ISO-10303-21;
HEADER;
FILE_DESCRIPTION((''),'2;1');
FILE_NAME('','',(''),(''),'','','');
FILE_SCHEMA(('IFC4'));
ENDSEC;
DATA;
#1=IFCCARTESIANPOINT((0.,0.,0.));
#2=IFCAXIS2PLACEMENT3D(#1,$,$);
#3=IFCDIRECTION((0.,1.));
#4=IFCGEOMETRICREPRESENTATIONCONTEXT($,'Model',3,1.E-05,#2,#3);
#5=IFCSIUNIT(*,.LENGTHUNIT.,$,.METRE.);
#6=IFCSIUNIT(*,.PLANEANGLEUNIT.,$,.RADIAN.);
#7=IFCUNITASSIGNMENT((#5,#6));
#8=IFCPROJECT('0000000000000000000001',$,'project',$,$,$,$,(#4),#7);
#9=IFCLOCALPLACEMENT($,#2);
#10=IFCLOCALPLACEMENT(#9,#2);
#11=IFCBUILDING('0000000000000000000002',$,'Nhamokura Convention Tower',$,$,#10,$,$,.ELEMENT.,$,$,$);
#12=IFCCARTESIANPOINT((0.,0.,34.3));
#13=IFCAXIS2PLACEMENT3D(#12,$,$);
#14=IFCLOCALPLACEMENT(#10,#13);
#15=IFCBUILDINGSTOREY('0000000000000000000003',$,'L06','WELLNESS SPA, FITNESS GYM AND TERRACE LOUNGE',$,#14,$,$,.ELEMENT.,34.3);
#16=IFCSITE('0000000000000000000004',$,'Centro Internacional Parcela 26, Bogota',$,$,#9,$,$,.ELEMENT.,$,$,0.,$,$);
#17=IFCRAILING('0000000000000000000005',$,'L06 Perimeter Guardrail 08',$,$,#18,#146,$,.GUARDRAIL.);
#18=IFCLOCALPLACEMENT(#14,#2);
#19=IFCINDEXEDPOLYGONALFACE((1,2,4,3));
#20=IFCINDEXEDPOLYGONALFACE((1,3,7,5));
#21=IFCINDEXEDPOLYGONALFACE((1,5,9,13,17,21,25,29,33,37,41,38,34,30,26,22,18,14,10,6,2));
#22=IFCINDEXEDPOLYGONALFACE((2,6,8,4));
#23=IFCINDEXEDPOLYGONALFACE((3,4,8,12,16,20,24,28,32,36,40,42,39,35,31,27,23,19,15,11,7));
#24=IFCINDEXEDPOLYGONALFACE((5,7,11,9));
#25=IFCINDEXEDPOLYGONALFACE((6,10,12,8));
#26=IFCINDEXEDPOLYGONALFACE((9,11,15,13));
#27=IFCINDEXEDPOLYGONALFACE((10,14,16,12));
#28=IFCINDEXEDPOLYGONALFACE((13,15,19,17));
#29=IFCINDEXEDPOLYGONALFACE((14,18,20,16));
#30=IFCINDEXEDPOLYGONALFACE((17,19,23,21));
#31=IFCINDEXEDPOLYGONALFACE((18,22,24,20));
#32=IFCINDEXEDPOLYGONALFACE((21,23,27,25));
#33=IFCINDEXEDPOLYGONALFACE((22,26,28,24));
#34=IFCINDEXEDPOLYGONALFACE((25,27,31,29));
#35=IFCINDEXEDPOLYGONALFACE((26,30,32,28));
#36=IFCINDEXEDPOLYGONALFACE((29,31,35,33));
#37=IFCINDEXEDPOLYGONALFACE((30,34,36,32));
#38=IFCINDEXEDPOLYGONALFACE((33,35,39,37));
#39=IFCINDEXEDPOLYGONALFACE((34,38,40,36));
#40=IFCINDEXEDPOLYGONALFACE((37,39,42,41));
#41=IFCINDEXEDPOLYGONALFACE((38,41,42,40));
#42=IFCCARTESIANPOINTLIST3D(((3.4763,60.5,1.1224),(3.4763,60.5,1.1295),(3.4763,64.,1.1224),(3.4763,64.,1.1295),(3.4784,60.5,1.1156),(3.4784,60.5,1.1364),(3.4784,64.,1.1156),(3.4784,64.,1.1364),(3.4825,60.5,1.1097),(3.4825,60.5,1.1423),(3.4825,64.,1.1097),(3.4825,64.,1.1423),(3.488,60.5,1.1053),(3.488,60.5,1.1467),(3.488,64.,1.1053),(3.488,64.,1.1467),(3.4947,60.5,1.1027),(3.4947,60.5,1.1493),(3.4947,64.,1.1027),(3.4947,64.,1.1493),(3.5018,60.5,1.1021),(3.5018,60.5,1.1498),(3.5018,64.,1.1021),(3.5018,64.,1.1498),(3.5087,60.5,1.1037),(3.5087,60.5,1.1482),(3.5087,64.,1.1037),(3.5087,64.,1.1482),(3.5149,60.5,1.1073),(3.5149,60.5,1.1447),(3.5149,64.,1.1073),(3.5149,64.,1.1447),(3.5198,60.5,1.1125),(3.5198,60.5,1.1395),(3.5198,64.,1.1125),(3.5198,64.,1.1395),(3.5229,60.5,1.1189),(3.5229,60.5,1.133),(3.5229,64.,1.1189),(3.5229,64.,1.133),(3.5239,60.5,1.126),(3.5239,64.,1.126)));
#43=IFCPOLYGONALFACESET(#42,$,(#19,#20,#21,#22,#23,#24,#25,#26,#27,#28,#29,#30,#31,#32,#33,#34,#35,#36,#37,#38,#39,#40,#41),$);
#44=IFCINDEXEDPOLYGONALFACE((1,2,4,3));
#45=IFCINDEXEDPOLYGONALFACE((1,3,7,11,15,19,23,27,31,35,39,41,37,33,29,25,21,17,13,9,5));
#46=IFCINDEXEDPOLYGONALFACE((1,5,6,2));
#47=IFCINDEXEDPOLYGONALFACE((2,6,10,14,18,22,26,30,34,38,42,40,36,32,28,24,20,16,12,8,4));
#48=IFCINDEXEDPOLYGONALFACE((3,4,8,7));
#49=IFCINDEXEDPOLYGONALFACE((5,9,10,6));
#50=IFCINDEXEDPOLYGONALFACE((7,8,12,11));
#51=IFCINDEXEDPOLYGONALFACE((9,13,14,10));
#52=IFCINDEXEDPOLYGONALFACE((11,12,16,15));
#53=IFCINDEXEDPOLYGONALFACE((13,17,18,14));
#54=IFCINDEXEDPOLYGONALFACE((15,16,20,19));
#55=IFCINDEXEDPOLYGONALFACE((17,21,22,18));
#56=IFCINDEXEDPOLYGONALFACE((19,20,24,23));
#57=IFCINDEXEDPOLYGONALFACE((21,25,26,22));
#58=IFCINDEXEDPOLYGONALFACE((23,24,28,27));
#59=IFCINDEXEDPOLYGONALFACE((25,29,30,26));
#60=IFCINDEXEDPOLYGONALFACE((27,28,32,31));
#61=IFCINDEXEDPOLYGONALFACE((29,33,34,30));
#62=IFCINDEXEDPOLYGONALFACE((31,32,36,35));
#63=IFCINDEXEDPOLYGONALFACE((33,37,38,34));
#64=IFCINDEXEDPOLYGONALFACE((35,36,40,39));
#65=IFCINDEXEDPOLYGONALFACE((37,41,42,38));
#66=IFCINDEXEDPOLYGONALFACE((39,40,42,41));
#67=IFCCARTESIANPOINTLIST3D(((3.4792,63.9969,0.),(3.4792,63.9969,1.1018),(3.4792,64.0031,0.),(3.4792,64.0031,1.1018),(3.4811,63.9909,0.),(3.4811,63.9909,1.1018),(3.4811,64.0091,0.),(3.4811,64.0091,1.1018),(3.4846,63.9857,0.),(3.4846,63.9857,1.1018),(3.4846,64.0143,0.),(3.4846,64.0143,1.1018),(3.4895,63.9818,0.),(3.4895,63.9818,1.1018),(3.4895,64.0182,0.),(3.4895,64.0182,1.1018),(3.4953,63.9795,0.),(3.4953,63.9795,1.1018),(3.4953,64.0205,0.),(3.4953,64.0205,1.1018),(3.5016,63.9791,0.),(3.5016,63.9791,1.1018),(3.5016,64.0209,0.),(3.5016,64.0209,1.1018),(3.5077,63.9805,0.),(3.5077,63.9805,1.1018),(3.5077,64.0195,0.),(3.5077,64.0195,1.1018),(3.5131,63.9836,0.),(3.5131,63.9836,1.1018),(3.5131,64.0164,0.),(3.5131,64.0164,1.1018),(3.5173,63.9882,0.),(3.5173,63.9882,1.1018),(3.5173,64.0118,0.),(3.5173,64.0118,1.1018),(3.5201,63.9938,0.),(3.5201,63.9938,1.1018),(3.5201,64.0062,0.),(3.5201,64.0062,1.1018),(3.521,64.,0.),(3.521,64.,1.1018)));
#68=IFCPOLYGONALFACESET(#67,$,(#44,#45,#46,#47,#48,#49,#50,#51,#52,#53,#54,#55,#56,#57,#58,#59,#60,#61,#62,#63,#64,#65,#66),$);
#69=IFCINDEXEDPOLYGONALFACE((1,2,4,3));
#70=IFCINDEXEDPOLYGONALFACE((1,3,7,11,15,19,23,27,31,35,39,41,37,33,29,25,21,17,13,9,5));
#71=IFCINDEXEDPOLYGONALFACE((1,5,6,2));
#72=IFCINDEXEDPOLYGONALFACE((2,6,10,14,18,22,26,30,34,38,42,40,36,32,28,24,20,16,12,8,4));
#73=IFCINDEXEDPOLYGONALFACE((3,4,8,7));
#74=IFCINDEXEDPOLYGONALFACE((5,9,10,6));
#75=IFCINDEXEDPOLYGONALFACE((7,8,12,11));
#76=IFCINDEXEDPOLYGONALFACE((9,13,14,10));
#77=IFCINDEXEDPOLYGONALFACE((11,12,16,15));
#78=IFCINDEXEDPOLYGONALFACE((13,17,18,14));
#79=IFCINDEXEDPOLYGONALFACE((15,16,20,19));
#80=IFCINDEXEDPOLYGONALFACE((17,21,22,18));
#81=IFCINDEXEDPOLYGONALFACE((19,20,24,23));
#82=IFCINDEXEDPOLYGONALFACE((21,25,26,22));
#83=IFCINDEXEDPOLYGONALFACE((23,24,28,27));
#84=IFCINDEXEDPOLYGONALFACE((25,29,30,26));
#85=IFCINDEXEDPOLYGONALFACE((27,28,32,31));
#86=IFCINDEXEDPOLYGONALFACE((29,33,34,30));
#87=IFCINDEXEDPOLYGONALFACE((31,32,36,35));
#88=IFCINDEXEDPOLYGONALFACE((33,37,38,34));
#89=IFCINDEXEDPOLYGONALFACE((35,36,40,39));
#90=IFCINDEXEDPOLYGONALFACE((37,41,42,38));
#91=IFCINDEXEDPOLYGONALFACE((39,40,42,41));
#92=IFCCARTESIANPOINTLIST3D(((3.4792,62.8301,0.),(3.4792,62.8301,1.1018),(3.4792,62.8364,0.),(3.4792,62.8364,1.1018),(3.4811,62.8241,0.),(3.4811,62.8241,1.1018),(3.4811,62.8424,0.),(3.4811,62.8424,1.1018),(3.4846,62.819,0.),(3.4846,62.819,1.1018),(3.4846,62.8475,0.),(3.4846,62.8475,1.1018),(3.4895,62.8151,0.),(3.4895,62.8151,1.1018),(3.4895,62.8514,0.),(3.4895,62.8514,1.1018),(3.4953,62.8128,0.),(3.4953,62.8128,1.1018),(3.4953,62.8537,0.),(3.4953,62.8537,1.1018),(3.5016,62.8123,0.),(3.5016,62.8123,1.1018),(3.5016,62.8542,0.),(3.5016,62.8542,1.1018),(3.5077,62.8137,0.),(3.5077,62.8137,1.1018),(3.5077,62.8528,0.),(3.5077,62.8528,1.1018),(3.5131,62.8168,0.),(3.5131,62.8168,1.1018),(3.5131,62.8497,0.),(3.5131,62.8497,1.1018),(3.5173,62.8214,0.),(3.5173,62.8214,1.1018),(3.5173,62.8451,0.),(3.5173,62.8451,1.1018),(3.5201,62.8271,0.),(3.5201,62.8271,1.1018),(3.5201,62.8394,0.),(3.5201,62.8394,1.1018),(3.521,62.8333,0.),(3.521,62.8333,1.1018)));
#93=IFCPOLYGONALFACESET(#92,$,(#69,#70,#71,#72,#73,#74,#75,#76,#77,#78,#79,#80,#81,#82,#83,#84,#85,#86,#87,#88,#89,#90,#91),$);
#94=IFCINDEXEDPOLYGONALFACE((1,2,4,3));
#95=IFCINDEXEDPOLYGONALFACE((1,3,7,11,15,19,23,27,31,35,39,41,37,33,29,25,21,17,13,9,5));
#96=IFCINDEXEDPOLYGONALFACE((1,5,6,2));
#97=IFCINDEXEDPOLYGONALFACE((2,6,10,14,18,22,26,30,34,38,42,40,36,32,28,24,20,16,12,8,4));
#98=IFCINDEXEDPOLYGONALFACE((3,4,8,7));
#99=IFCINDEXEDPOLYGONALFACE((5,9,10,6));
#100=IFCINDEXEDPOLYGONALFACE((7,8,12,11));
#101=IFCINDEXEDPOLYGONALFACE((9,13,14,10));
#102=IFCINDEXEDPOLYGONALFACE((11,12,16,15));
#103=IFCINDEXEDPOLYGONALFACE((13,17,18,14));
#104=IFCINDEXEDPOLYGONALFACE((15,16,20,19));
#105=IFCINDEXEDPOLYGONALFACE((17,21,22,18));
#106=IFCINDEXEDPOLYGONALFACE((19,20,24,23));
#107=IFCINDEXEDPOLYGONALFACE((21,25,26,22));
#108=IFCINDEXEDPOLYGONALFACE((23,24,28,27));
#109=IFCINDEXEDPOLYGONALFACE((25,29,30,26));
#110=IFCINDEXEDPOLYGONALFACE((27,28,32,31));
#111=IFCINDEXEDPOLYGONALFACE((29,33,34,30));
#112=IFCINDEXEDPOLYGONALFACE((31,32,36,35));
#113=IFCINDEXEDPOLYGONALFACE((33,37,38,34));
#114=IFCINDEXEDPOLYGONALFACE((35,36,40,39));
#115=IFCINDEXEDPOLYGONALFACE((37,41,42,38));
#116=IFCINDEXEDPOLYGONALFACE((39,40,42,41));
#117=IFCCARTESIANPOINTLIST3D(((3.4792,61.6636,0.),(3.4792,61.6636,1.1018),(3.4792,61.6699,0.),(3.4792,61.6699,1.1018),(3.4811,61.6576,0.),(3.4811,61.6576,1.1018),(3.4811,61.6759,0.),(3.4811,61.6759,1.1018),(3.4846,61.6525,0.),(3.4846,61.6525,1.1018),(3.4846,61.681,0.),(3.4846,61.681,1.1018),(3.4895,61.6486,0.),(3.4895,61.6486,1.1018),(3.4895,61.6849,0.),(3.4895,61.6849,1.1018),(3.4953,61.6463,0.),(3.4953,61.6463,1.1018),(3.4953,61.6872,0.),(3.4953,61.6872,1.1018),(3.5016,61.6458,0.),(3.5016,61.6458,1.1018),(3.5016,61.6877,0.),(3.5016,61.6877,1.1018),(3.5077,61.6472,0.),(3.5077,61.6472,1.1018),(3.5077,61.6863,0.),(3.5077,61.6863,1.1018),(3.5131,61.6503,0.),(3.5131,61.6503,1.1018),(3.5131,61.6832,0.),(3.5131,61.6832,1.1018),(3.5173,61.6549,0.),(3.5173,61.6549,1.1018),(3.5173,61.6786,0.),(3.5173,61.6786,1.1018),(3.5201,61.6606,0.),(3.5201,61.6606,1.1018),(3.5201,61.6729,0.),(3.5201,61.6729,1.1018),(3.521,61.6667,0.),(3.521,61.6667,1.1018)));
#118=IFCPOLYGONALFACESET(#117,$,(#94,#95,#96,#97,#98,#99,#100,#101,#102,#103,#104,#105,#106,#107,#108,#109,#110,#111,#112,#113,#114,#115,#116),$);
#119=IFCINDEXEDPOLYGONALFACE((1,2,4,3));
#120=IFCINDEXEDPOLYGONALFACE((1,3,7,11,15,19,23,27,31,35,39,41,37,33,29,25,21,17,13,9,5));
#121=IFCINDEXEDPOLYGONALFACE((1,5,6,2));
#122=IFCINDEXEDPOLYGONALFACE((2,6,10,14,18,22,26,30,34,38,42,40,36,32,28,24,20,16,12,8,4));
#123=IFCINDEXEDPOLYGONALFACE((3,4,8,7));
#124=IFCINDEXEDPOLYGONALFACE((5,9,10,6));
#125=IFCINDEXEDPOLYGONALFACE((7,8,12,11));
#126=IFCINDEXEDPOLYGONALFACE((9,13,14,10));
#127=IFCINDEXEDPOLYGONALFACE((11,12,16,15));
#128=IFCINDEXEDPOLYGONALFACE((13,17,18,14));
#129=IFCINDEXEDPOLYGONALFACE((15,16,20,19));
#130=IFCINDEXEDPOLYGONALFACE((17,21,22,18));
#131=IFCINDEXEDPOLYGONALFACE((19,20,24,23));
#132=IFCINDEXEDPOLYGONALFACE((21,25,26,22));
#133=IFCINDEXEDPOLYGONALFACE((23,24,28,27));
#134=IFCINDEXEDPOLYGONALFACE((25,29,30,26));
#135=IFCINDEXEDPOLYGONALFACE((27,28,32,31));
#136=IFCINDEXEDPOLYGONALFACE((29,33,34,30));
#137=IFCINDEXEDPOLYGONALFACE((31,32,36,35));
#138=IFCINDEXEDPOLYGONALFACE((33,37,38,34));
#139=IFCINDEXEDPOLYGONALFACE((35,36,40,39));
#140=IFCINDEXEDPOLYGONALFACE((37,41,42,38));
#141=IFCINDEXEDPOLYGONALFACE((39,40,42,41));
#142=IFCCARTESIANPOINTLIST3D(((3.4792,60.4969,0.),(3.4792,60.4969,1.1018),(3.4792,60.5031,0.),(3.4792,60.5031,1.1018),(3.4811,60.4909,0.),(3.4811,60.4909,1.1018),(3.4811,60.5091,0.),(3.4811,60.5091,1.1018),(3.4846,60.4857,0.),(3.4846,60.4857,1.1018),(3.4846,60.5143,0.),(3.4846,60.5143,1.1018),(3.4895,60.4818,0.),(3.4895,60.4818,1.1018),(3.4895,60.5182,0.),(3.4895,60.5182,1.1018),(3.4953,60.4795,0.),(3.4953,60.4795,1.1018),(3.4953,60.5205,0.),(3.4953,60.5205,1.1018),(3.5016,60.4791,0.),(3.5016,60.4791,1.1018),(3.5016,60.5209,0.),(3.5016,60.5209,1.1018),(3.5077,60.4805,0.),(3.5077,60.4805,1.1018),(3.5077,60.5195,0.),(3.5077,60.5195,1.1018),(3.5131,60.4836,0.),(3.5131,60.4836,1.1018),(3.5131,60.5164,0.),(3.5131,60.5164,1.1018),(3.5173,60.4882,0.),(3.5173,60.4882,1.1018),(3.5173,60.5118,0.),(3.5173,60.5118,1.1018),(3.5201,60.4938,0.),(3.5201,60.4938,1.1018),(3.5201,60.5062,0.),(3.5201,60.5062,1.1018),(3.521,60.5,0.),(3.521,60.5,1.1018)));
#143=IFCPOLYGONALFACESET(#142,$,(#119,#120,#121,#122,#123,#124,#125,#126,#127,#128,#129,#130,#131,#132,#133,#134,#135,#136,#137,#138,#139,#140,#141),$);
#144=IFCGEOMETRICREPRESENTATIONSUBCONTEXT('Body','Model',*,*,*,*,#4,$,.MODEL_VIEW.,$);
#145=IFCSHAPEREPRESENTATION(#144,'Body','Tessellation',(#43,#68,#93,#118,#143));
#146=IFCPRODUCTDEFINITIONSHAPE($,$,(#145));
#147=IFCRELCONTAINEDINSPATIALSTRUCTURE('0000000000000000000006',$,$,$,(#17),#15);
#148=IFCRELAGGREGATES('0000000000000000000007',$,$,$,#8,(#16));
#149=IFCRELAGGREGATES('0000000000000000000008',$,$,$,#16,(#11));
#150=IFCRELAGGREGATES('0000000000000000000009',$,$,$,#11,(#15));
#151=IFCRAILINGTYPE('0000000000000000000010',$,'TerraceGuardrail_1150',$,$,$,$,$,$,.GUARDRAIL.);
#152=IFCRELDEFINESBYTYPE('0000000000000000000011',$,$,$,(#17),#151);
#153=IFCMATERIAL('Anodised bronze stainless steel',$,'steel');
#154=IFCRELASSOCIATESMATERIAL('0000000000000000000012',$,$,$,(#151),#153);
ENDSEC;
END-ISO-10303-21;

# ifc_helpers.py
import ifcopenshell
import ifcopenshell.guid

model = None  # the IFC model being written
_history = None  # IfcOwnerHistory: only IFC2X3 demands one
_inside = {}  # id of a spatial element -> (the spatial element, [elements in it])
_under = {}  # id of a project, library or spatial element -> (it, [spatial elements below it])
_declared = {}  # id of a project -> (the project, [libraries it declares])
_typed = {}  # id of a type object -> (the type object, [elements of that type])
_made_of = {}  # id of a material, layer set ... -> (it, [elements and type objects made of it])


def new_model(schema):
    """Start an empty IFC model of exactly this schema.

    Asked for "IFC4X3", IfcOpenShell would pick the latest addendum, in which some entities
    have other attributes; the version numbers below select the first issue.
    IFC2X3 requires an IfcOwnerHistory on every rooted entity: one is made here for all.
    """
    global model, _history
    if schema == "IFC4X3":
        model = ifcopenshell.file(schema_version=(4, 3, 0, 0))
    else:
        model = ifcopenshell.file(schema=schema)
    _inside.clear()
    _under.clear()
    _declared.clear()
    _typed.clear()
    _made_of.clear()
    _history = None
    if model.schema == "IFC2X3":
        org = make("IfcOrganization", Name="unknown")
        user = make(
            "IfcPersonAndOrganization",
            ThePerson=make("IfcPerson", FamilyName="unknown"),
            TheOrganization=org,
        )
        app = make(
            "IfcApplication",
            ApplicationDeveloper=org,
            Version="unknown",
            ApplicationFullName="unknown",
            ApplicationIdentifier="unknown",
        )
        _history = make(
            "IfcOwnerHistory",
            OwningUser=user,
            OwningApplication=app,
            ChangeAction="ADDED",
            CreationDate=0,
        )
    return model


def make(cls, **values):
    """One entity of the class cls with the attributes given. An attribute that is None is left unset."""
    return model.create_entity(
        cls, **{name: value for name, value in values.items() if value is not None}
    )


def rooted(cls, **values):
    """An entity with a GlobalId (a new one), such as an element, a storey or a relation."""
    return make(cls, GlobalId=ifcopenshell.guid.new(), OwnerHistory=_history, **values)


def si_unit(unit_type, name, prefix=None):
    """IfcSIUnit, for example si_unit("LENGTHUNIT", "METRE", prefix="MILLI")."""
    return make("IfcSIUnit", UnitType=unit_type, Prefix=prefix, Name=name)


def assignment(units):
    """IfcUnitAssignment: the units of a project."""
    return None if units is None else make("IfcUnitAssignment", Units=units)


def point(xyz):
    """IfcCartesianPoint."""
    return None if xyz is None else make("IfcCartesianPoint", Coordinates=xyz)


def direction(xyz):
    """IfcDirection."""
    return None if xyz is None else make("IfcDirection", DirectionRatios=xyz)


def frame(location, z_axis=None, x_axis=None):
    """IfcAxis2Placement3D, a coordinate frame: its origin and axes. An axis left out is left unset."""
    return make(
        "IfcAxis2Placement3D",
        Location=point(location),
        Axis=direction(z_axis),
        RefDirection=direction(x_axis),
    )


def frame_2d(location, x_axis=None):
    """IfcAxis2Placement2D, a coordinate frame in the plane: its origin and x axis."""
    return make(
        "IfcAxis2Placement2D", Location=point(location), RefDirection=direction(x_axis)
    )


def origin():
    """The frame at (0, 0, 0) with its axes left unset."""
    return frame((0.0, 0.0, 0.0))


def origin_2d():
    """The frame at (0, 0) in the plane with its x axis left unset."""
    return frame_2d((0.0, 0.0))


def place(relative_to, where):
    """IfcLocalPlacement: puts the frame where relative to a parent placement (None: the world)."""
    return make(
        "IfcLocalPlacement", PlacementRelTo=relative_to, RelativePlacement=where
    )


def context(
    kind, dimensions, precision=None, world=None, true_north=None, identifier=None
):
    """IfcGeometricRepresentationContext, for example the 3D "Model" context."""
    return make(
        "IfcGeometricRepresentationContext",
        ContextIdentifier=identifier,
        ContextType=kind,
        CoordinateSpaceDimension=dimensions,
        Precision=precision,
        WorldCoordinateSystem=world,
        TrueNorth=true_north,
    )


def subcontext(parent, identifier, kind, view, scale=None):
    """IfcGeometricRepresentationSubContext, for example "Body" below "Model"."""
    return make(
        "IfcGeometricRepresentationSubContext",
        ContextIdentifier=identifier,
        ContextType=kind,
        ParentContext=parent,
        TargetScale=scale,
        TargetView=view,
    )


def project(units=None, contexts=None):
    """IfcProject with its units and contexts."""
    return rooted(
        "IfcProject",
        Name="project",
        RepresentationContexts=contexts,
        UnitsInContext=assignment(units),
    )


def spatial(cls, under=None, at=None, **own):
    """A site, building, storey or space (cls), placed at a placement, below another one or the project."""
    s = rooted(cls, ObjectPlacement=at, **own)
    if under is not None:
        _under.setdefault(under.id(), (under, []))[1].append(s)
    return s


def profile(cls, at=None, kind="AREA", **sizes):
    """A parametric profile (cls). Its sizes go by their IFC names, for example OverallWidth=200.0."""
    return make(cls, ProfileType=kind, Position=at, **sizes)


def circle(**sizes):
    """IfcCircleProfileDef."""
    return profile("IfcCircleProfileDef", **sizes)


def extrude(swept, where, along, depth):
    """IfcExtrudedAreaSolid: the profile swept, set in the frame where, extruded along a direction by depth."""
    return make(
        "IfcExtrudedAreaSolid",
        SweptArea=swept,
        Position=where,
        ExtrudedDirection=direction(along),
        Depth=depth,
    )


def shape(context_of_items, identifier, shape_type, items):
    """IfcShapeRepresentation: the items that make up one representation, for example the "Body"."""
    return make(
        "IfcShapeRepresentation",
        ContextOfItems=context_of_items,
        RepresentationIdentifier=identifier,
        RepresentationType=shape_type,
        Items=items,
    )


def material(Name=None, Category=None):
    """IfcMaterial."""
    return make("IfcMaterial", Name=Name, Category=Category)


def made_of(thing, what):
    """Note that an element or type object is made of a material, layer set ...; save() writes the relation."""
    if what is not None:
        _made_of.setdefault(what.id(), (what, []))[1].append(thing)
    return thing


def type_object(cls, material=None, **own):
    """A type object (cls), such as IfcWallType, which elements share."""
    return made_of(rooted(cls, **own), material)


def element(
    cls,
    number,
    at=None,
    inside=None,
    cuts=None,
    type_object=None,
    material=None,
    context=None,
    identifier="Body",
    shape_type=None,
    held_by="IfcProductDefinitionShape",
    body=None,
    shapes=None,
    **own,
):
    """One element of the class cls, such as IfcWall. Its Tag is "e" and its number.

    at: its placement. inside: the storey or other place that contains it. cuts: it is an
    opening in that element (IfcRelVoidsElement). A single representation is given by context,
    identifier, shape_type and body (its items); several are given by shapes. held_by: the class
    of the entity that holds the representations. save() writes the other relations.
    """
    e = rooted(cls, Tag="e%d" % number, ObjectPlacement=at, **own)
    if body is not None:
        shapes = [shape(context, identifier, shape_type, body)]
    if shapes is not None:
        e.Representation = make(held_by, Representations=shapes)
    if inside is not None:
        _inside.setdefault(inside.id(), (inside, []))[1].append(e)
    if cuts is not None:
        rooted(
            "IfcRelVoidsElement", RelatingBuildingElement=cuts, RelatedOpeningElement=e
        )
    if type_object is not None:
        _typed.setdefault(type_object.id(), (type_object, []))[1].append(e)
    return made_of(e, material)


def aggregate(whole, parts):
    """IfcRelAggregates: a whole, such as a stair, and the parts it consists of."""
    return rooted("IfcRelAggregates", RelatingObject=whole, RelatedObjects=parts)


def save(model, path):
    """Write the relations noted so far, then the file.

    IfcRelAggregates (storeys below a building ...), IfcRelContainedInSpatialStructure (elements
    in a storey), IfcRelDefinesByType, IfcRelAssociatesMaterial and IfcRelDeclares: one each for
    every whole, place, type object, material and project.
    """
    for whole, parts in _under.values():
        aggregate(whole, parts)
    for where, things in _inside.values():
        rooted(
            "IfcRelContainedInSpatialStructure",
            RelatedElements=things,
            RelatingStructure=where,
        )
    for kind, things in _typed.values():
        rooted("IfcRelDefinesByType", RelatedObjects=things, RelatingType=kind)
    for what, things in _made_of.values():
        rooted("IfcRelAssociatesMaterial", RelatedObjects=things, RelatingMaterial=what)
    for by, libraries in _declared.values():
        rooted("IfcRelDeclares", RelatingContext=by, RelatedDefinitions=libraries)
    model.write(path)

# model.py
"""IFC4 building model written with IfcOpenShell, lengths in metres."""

from ifc_helpers import new_model, si_unit, direction, frame, origin, origin_2d, place, context, subcontext, project, spatial, circle, extrude, material, type_object, element, save


model = new_model("IFC4")

# Units and contexts
model_context = context("Model", 3, precision=1e-05, world=origin(), true_north=direction((0.0, 1.0)))
body_context = subcontext(model_context, "Body", "Model", "MODEL_VIEW")
ifc_project = project(units=[si_unit("LENGTHUNIT", "METRE"), si_unit("PLANEANGLEUNIT", "RADIAN")], contexts=[model_context])

# Site, building, storey
site_placement = place(None, origin())
site = spatial("IfcSite", under=ifc_project, at=site_placement, Name="Centro Internacional Parcela 26, Bogota", CompositionType="ELEMENT", RefElevation=0.0)
building_placement = place(site_placement, origin())
building = spatial("IfcBuilding", under=site, at=building_placement, Name="Nhamokura Convention Tower", CompositionType="ELEMENT")
storey_placement = place(building_placement, frame((0.0, 0.0, 34.3)))
storey = spatial("IfcBuildingStorey", under=building, at=storey_placement, Name="L06", Description="WELLNESS SPA, FITNESS GYM AND TERRACE LOUNGE", CompositionType="ELEMENT", Elevation=34.3)

# Railing
ifc_material_1 = material(Name="Anodised bronze stainless steel", Category="steel")
railing_type = type_object("IfcRailingType", Name="TerraceGuardrail_1150", PredefinedType="GUARDRAIL", material=ifc_material_1)
railing_1_placement = place(storey_placement, frame((3.5, 64.0, 0.0)))
element("IfcRailing", 1, at=railing_1_placement, inside=storey, type_object=railing_type, Name="L06 Perimeter Guardrail 08", PredefinedType="GUARDRAIL", context=body_context, shape_type="SweptSolid", body=[
    extrude(circle(Radius=0.0239, at=origin_2d()), frame((0.0, 0.0, 1.126), z_axis=(0.0, -1.0, 0.0), x_axis=(1.0, 0.0, 0.0)), (0.0, 0.0, 1.0), 3.5),
    extrude(circle(Radius=0.021, at=origin_2d()), origin(), (0.0, 0.0, 1.0), 1.1018),
    extrude(circle(Radius=0.021, at=origin_2d()), frame((0.0, -1.1667, 0.0)), (0.0, 0.0, 1.0), 1.1018),
    extrude(circle(Radius=0.021, at=origin_2d()), frame((0.0, -2.3333, 0.0)), (0.0, 0.0, 1.0), 1.1018),
    extrude(circle(Radius=0.021, at=origin_2d()), frame((0.0, -3.5, 0.0)), (0.0, 0.0, 1.0), 1.1018),
])

save(model, "model.ifc")
